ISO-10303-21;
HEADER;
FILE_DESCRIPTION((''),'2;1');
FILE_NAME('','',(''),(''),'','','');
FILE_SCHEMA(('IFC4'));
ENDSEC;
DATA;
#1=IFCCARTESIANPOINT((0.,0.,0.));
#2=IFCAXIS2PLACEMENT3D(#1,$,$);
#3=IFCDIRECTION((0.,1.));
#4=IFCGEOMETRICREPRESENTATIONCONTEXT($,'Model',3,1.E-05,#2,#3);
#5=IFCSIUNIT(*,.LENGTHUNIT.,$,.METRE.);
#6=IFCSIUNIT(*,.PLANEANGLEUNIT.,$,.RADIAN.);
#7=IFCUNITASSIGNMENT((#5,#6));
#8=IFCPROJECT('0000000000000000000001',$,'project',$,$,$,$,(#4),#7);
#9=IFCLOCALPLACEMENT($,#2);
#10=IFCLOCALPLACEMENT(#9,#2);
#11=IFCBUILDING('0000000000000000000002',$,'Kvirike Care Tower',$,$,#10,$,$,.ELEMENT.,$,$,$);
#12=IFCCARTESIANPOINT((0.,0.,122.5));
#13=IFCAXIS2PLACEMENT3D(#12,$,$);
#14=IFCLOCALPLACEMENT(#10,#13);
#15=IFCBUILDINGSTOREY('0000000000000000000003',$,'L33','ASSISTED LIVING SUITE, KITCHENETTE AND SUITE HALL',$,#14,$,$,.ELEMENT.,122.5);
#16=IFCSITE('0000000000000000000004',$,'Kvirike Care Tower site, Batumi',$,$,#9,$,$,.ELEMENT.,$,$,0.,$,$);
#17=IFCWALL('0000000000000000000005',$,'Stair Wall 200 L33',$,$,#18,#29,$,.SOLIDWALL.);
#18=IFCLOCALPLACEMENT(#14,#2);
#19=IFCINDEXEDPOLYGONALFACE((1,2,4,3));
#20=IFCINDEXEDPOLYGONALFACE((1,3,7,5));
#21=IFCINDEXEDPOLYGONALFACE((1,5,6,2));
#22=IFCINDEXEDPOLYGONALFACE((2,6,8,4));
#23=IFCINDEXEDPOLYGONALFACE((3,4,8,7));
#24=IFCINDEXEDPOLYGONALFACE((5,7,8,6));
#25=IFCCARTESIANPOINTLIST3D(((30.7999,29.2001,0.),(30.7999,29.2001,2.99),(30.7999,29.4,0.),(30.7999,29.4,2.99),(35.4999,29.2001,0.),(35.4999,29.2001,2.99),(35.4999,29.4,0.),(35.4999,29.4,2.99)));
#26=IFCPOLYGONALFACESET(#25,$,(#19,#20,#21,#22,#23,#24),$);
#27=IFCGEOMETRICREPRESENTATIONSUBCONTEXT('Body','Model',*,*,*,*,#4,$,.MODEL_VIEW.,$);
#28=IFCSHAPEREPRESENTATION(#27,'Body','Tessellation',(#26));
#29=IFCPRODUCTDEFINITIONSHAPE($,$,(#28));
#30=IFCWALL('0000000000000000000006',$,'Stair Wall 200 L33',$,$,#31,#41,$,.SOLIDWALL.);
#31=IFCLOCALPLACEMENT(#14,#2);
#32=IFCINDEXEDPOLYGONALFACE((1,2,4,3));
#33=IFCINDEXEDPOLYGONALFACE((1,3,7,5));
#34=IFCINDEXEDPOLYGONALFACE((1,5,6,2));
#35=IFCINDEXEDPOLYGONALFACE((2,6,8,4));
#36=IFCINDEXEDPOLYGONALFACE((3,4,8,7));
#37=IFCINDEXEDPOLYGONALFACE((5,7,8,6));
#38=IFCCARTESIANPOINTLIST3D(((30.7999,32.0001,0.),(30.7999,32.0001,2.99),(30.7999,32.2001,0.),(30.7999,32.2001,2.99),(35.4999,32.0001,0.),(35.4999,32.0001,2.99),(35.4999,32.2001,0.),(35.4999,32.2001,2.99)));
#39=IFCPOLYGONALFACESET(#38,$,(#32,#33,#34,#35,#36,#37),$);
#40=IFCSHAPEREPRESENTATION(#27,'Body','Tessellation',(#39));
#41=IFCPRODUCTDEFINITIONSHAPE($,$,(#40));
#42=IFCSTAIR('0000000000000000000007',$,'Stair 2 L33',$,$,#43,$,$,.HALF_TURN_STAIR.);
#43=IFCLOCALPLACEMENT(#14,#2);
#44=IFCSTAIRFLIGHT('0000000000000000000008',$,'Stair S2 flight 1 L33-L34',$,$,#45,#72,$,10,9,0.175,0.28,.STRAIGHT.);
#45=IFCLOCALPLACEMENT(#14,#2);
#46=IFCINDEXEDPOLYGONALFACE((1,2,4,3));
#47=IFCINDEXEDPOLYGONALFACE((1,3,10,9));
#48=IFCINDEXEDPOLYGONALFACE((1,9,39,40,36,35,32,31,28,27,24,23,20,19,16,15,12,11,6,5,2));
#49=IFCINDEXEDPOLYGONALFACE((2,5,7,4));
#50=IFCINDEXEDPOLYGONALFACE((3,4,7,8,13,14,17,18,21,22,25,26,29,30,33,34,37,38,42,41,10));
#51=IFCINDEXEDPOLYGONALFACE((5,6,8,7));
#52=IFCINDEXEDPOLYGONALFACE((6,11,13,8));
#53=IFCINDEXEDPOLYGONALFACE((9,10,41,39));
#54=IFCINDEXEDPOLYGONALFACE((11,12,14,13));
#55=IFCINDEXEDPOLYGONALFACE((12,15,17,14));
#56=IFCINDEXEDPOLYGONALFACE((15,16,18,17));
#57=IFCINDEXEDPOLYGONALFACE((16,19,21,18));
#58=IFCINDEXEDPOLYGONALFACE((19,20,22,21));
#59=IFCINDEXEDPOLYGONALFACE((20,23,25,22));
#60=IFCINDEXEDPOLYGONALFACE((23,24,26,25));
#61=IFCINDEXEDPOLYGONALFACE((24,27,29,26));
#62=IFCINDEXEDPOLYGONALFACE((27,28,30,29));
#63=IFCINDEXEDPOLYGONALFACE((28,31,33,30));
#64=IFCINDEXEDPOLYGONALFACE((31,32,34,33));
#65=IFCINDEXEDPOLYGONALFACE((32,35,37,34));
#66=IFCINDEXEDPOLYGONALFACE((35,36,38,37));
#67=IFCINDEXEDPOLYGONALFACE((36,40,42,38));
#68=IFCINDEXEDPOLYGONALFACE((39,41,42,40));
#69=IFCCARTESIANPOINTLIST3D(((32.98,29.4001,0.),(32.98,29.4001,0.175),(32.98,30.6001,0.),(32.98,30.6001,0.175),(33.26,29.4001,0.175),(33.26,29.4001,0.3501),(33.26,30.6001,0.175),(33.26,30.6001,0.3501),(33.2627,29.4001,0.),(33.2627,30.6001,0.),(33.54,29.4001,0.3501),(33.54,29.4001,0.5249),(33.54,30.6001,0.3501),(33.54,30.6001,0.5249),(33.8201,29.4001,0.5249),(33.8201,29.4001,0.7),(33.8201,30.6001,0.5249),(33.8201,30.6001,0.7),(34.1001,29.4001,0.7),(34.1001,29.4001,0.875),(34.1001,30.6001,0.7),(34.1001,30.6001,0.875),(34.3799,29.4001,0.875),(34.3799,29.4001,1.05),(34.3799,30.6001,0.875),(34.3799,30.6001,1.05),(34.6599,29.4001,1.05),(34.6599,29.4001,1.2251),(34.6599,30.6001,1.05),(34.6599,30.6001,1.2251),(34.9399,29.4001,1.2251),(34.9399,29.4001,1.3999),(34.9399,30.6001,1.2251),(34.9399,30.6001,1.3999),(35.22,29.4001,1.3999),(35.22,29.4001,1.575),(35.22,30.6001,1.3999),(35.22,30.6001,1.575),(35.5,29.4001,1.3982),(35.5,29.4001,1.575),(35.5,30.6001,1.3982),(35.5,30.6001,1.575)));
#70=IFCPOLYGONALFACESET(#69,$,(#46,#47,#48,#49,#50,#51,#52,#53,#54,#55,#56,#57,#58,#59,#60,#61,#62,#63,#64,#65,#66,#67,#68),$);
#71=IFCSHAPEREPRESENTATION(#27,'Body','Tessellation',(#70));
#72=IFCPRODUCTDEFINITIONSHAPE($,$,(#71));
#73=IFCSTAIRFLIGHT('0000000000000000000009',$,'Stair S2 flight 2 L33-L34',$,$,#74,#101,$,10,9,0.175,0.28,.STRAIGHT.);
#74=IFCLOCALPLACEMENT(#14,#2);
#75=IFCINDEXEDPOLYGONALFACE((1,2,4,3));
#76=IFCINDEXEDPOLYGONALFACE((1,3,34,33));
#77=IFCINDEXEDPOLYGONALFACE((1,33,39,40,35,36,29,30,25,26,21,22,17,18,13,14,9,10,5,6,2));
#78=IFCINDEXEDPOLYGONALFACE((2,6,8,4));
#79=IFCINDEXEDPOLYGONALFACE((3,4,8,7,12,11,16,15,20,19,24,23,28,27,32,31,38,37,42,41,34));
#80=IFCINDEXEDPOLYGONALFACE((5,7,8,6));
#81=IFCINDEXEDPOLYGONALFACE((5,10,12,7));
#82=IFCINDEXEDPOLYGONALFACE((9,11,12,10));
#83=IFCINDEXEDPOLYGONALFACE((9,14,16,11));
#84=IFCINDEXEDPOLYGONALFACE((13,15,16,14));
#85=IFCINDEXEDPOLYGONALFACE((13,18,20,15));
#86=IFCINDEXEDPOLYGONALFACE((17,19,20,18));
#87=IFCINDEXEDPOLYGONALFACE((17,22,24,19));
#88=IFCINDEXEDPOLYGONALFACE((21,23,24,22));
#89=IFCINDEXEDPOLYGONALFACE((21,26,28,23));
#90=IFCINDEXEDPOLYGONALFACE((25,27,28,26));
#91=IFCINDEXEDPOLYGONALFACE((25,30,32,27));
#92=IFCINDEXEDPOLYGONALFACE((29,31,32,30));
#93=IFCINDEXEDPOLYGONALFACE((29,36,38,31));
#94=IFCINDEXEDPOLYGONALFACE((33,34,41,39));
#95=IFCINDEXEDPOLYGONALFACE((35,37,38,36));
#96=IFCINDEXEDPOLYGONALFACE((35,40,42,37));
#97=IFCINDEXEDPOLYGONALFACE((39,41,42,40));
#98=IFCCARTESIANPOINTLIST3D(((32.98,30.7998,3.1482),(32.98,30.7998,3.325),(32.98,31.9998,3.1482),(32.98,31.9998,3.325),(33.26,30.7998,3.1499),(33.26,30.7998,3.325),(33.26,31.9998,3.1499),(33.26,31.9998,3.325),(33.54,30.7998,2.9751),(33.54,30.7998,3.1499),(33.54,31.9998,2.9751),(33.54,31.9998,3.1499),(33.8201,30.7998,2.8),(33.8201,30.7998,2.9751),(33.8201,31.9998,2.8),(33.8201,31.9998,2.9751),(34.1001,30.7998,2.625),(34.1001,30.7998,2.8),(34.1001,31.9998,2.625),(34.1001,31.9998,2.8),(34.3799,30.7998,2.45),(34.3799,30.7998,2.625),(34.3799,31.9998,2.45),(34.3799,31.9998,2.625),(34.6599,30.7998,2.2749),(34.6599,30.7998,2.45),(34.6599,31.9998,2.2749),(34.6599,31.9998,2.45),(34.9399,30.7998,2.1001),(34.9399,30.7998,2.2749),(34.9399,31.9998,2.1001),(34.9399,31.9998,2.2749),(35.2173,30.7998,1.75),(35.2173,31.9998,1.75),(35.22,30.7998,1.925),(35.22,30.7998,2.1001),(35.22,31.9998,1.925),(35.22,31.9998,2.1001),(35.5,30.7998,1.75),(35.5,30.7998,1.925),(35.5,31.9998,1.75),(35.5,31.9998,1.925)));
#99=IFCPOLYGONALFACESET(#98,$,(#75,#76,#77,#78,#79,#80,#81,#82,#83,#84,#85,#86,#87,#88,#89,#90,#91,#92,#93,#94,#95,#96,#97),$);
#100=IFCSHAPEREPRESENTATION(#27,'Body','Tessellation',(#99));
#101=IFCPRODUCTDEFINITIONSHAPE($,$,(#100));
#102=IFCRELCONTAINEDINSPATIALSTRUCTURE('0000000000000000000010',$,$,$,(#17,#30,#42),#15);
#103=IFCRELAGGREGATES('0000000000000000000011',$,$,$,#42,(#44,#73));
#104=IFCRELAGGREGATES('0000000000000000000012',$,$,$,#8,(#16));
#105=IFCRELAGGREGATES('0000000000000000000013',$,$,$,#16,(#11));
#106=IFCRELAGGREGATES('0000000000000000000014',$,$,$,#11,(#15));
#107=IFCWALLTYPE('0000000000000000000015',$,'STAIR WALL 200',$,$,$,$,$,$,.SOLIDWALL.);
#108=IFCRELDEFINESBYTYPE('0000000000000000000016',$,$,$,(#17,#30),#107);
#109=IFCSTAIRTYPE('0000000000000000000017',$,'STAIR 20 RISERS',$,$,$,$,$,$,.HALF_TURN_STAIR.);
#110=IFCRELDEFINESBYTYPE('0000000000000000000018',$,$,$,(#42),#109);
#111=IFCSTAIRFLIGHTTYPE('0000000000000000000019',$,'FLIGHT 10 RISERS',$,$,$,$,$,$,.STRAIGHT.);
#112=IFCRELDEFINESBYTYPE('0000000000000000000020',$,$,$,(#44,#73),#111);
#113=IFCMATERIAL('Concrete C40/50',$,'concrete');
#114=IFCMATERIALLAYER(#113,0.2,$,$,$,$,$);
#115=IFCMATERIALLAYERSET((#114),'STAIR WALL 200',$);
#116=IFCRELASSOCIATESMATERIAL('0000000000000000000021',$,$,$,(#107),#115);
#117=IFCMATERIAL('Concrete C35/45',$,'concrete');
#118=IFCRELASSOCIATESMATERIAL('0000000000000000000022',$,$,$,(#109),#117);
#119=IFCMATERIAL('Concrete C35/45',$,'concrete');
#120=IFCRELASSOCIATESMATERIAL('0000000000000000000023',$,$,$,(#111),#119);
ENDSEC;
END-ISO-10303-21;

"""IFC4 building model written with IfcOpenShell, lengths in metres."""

from ifc_helpers import new_model, si_unit, direction, frame, frame_2d, origin, place, context, subcontext, project, spatial, polyline, rectangle, outline, extrude, material, layer, layer_set, type_object, element, aggregate, save


model = new_model("IFC4")

# Units and contexts
model_context = context("Model", 3, precision=1e-05, world=origin(), true_north=direction((0.0, 1.0)))
body_context = subcontext(model_context, "Body", "Model", "MODEL_VIEW")
ifc_project = project(units=[si_unit("LENGTHUNIT", "METRE"), si_unit("PLANEANGLEUNIT", "RADIAN")], contexts=[model_context])

# Site, building, storey
site_placement = place(None, origin())
site = spatial("IfcSite", under=ifc_project, at=site_placement, Name="Kvirike Care Tower site, Batumi", CompositionType="ELEMENT", RefElevation=0.0)
building_placement = place(site_placement, origin())
building = spatial("IfcBuilding", under=site, at=building_placement, Name="Kvirike Care Tower", CompositionType="ELEMENT")
storey_placement = place(building_placement, frame((0.0, 0.0, 122.5)))
storey = spatial("IfcBuildingStorey", under=building, at=storey_placement, Name="L33", Description="ASSISTED LIVING SUITE, KITCHENETTE AND SUITE HALL", CompositionType="ELEMENT", Elevation=122.5)

# Walls
ifc_material_1 = material(Name="Concrete C40/50", Category="concrete")
ifc_layer_1 = layer(ifc_material_1, 0.2)
ifc_layer_set_1 = layer_set([ifc_layer_1], Name="STAIR WALL 200")
wall_type_1 = type_object("IfcWallType", Name="STAIR WALL 200", PredefinedType="SOLIDWALL", material=ifc_layer_set_1)
for number, where, z_axis, x_axis, name in (
    (1, (35.5, 29.3, 0.0), (0.0, 0.0, 1.0), (-1.0, 0.0, 0.0), "Stair Wall 200 L33"),
    (2, (35.5, 32.1001, 0.0), (0.0, 0.0, 1.0), (-1.0, 0.0, 0.0), "Stair Wall 200 L33"),
):
    element("IfcWall", number, at=place(storey_placement, frame(where, z_axis=z_axis, x_axis=x_axis)), inside=storey, type_object=wall_type_1, Name=name, PredefinedType="SOLIDWALL", context=body_context, shape_type="SweptSolid", body=[
        extrude(rectangle(XDim=4.7, YDim=0.2, at=frame_2d((2.3501, 0.0))), origin(), (0.0, 0.0, 1.0), 2.99),
    ])

# Stair, stair flights
ifc_material_2 = material(Name="Concrete C35/45", Category="concrete")
stair_type = type_object("IfcStairType", Name="STAIR 20 RISERS", PredefinedType="HALF_TURN_STAIR", material=ifc_material_2)
stair_placement = place(storey_placement, origin())
stair = element("IfcStair", 3, at=stair_placement, inside=storey, type_object=stair_type, Name="Stair 2 L33", PredefinedType="HALF_TURN_STAIR")
ifc_material_3 = material(Name="Concrete C35/45", Category="concrete")
stair_flight_type = type_object("IfcStairFlightType", Name="FLIGHT 10 RISERS", PredefinedType="STRAIGHT", material=ifc_material_3)
stair_flight_1_placement = place(storey_placement, frame((32.98, 30.0, 0.0), z_axis=(0.0, 0.0, 1.0), x_axis=(1.0, 0.0, 0.0)))
stair_flight_1 = element("IfcStairFlight", 4, at=stair_flight_1_placement, type_object=stair_flight_type, Name="Stair S2 flight 1 L33-L34", NumberOfRisers=10, NumberOfTreads=9, PredefinedType="STRAIGHT", RiserHeight=0.175, TreadLength=0.28, context=body_context, shape_type="SweptSolid", body=[
    extrude(outline(polyline([(0.0, 0.0), (0.0, 0.175), (0.28, 0.175), (0.28, 0.3501), (0.5601, 0.3501), (0.5601, 0.5249), (0.8401, 0.5249), (0.8401, 0.7), (1.1201, 0.7), (1.1201, 0.875), (1.3999, 0.875), (1.3999, 1.05), (1.6799, 1.05), (1.6799, 1.2251), (1.96, 1.2251), (1.96, 1.3999), (2.24, 1.3999), (2.24, 1.575), (2.52, 1.575), (2.52, 1.75), (2.52, 1.3982), (0.2827, 0.0), (0.0, 0.0)])), frame((0.0, 0.6001, 0.0), z_axis=(0.0, -1.0, 0.0), x_axis=(1.0, 0.0, 0.0)), (0.0, 0.0, 1.0), 1.2),
])
stair_flight_2_placement = place(storey_placement, frame((35.5, 31.3999, 1.75), z_axis=(0.0, 0.0, 1.0), x_axis=(-1.0, 0.0, 0.0)))
stair_flight_2 = element("IfcStairFlight", 5, at=stair_flight_2_placement, type_object=stair_flight_type, Name="Stair S2 flight 2 L33-L34", NumberOfRisers=10, NumberOfTreads=9, PredefinedType="STRAIGHT", RiserHeight=0.175, TreadLength=0.28, context=body_context, shape_type="SweptSolid", body=[
    extrude(outline(polyline([(0.0, 0.0), (0.0, 0.175), (0.28, 0.175), (0.28, 0.3501), (0.5601, 0.3501), (0.5601, 0.5249), (0.8401, 0.5249), (0.8401, 0.7), (1.1201, 0.7), (1.1201, 0.875), (1.3999, 0.875), (1.3999, 1.05), (1.6799, 1.05), (1.6799, 1.2251), (1.96, 1.2251), (1.96, 1.3999), (2.24, 1.3999), (2.24, 1.575), (2.52, 1.575), (2.52, 1.75), (2.52, 1.3982), (0.2827, 0.0), (0.0, 0.0)])), frame((0.0, 0.6001, 0.0), z_axis=(0.0, -1.0, 0.0), x_axis=(1.0, 0.0, 0.0)), (0.0, 0.0, 1.0), 1.2),
])
aggregate(stair, [stair_flight_1, stair_flight_2])

save(model, "model.ifc")
